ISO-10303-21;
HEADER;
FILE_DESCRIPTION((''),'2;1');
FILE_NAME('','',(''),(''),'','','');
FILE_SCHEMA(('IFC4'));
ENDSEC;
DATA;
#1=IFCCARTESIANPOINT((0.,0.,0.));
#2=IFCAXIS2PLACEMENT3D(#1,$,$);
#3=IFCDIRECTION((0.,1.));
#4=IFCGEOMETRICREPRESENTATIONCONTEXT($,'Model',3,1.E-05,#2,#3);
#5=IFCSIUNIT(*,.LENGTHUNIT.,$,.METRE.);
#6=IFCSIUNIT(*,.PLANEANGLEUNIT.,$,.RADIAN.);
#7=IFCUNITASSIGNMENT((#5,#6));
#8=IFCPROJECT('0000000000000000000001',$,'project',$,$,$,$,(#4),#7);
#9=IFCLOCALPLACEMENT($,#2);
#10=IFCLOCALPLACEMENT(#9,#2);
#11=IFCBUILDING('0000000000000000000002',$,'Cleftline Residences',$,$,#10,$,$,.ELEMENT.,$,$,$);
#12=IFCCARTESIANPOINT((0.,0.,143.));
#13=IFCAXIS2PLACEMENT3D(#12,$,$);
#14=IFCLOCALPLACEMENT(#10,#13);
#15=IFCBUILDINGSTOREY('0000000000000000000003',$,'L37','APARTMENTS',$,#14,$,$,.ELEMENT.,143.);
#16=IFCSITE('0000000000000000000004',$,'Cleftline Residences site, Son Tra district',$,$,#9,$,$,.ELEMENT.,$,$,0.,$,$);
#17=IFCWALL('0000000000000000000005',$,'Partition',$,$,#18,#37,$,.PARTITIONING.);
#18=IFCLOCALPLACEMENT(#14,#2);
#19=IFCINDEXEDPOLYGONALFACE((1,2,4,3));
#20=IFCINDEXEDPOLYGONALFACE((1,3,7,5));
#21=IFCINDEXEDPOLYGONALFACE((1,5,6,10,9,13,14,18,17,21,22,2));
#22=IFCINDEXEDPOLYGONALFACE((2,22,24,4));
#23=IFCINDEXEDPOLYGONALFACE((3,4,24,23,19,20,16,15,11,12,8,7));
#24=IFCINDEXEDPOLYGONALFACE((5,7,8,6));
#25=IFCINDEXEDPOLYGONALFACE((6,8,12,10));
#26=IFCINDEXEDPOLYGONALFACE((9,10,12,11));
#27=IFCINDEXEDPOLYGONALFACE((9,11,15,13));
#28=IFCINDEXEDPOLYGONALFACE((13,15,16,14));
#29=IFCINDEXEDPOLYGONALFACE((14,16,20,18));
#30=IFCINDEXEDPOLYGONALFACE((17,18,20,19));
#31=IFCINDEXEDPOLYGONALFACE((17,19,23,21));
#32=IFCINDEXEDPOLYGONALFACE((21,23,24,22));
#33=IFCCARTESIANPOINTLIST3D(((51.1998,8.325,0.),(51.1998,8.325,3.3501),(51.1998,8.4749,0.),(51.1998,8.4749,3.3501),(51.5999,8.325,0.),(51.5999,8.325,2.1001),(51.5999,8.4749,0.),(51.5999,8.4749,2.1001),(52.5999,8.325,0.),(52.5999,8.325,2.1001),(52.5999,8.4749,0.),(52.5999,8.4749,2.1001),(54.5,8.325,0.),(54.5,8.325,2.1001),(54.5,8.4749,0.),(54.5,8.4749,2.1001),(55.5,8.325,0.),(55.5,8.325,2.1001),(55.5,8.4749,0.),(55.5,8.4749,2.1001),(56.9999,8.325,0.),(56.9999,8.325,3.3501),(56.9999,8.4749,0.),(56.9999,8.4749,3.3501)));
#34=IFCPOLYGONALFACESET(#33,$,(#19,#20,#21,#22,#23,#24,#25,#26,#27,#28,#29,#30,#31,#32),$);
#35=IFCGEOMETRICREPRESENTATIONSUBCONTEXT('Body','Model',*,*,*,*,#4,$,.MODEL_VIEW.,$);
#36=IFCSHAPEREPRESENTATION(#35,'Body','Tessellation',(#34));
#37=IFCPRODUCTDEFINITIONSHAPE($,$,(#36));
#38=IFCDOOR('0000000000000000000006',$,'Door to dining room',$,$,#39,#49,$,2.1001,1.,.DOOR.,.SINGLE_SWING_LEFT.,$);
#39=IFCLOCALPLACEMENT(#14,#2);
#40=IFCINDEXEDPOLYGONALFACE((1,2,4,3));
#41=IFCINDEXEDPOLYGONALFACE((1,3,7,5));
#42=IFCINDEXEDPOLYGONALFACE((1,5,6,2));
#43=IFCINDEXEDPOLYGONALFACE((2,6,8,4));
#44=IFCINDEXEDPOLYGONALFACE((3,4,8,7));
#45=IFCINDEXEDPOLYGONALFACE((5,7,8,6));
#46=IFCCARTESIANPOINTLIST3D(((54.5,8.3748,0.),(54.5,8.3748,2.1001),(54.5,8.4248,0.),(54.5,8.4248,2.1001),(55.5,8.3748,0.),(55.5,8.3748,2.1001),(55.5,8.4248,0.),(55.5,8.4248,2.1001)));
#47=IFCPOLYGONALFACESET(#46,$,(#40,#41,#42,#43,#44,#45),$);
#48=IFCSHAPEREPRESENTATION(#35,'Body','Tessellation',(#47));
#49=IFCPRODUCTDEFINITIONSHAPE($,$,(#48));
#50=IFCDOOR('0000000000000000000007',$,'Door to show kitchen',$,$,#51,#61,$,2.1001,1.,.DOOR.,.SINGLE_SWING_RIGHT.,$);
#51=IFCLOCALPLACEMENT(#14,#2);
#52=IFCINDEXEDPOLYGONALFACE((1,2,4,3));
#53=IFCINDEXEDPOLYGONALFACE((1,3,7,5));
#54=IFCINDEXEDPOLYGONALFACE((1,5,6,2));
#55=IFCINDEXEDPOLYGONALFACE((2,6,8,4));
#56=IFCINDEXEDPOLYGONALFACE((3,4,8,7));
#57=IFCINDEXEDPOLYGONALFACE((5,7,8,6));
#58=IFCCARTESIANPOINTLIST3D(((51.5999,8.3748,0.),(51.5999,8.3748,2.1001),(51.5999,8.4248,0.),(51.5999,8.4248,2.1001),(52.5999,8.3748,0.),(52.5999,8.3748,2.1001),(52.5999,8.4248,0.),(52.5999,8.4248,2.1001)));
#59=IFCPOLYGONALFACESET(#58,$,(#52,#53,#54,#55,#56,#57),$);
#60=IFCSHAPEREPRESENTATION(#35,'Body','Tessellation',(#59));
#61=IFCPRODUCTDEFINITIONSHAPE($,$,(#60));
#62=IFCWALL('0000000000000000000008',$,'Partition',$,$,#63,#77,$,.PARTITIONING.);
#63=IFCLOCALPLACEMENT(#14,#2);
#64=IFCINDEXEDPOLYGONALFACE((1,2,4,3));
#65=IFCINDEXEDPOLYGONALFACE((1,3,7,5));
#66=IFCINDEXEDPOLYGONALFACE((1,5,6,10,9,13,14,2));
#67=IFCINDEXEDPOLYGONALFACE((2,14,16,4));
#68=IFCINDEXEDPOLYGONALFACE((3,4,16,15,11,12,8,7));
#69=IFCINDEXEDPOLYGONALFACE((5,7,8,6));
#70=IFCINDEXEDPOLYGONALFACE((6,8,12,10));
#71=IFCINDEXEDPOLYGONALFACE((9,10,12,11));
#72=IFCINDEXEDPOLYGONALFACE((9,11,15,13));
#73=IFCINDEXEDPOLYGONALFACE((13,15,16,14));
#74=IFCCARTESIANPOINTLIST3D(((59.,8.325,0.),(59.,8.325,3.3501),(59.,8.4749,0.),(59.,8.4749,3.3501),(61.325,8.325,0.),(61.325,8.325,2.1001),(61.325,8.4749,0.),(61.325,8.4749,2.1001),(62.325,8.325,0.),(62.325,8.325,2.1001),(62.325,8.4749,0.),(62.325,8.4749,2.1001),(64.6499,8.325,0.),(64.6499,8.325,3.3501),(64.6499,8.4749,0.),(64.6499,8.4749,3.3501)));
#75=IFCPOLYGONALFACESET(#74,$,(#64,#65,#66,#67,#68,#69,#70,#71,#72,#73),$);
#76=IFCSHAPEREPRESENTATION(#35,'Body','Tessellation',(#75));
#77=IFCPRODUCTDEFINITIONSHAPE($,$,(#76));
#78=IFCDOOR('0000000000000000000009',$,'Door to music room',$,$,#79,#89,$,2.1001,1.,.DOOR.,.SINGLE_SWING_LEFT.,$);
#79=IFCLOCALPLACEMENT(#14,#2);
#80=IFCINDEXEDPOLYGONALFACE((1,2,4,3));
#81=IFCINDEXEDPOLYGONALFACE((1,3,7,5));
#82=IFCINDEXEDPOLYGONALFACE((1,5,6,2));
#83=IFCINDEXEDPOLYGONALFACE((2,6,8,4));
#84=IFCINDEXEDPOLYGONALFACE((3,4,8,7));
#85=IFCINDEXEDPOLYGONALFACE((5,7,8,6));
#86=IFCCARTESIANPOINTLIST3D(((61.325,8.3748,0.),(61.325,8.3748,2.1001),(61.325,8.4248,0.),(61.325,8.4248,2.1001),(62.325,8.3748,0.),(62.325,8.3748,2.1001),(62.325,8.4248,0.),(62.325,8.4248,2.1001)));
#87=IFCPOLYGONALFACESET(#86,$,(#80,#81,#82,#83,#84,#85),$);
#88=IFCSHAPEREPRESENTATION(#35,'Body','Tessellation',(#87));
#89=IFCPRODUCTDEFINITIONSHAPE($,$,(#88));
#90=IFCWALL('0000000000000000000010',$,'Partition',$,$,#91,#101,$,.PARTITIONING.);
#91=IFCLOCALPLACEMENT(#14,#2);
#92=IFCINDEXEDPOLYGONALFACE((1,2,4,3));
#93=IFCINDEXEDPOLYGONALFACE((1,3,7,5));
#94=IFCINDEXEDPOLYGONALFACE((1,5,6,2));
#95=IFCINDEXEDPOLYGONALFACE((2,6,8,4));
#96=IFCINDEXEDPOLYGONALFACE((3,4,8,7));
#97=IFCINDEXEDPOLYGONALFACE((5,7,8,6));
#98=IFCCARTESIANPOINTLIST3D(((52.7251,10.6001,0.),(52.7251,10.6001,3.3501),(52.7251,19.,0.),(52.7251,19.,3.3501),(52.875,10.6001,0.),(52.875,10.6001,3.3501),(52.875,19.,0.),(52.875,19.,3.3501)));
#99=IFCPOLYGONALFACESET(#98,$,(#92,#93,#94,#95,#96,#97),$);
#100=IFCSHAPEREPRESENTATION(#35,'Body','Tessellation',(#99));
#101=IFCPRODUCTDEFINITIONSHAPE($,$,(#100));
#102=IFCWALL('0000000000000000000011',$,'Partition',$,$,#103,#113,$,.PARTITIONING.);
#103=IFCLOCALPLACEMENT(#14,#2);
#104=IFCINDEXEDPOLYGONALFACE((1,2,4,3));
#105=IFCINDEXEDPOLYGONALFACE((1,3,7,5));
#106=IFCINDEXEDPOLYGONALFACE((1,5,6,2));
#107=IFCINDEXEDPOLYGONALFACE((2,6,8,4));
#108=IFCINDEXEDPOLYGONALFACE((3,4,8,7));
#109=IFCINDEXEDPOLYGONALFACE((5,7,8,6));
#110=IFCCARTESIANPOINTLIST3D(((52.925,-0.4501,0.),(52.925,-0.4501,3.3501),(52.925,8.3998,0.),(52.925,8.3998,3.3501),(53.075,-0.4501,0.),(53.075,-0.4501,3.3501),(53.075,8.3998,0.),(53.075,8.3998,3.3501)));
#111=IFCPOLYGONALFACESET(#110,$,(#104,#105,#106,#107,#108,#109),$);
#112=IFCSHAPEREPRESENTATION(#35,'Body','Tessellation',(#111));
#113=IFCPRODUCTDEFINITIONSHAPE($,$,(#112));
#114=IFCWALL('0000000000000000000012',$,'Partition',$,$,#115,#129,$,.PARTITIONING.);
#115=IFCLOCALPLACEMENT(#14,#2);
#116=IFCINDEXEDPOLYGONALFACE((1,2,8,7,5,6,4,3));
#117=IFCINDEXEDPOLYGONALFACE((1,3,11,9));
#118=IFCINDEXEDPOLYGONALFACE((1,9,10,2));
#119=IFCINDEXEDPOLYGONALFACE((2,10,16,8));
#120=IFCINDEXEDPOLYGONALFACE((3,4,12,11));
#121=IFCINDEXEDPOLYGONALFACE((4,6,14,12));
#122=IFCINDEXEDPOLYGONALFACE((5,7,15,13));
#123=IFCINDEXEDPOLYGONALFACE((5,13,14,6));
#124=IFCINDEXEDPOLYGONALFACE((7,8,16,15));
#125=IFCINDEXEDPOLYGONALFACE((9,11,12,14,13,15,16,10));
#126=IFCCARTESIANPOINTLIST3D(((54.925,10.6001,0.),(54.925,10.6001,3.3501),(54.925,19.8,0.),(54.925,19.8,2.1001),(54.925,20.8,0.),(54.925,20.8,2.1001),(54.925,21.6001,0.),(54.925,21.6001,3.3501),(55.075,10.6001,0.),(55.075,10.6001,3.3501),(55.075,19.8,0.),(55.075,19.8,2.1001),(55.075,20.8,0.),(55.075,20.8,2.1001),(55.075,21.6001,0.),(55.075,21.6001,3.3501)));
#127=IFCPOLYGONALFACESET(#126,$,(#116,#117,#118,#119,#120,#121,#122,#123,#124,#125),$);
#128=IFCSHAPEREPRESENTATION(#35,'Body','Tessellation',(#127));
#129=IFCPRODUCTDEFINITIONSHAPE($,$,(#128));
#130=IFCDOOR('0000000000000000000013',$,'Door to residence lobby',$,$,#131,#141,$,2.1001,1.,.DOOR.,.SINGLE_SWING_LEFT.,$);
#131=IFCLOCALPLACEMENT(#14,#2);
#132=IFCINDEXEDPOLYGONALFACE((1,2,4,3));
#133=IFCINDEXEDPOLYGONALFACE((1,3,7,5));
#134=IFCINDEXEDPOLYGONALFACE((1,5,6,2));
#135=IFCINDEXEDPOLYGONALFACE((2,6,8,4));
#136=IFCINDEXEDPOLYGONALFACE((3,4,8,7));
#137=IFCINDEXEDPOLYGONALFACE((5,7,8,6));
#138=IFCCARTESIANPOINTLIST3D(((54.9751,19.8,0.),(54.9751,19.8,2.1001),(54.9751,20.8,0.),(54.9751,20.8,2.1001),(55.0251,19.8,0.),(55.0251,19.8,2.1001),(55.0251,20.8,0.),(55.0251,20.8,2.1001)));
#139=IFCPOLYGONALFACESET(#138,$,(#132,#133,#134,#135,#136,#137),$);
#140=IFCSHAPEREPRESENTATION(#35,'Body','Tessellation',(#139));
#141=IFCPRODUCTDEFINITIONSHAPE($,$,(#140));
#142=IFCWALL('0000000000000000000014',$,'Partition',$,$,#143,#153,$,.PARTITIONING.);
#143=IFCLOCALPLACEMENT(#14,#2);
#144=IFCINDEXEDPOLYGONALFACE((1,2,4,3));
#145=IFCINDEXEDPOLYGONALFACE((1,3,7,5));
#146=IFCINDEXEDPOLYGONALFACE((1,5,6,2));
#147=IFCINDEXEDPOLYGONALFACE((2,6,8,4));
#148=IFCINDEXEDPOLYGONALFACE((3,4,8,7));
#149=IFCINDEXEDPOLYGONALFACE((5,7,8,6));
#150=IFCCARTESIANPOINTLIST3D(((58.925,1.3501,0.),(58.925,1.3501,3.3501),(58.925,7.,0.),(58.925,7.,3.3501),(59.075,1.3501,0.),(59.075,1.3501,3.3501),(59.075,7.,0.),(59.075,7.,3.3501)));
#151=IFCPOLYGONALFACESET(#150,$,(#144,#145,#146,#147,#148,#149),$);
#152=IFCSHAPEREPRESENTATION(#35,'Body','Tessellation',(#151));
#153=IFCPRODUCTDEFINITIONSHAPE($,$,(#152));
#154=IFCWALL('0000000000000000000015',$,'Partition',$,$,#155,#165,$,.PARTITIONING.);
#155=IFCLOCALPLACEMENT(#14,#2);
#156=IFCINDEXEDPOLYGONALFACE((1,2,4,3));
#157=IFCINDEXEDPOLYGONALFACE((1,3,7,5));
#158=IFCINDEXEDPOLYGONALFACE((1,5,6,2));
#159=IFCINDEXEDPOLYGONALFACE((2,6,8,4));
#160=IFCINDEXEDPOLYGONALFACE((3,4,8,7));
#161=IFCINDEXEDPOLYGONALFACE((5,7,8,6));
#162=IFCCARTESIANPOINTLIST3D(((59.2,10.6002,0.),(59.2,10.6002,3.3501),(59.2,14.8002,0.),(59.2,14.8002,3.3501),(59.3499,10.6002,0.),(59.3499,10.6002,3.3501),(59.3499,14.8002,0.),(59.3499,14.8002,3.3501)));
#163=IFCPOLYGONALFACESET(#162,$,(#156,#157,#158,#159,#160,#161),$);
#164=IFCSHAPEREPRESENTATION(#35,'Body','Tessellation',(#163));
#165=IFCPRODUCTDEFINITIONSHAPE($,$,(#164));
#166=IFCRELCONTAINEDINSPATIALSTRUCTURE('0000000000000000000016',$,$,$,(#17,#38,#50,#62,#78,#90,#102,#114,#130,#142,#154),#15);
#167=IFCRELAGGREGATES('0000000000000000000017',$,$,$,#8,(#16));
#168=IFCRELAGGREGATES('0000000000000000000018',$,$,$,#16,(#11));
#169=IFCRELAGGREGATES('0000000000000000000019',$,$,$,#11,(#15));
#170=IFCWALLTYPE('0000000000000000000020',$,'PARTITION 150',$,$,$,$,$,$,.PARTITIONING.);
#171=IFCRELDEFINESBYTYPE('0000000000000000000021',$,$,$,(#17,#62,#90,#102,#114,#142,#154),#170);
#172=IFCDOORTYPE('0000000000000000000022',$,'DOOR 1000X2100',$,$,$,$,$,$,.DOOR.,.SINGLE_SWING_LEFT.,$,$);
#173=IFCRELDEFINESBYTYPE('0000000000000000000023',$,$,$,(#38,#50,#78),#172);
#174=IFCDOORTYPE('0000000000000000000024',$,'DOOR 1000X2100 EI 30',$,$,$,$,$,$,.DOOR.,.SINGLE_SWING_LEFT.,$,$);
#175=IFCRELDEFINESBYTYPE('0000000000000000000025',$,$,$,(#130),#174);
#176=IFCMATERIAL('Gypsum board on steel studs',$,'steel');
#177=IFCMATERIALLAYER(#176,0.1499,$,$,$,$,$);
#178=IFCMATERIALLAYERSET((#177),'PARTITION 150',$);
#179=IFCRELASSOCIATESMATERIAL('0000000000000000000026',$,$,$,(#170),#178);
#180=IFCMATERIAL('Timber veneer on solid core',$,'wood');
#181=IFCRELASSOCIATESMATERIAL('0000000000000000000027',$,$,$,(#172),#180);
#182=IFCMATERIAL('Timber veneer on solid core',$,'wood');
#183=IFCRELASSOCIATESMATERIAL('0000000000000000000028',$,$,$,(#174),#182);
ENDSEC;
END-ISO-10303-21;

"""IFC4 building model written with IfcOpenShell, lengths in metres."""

from ifc_helpers import new_model, si_unit, direction, frame, frame_2d, origin, place, context, subcontext, project, spatial, rectangle, extrude, material, layer, layer_set, type_object, element, fill, save


model = new_model("IFC4")

# Units and contexts
model_context = context("Model", 3, precision=1e-05, world=origin(), true_north=direction((0.0, 1.0)))
body_context = subcontext(model_context, "Body", "Model", "MODEL_VIEW")
ifc_project = project(units=[si_unit("LENGTHUNIT", "METRE"), si_unit("PLANEANGLEUNIT", "RADIAN")], contexts=[model_context])

# Site, building, storey
site_placement = place(None, origin())
site = spatial("IfcSite", under=ifc_project, at=site_placement, Name="Cleftline Residences site, Son Tra district", CompositionType="ELEMENT", RefElevation=0.0)
building_placement = place(site_placement, origin())
building = spatial("IfcBuilding", under=site, at=building_placement, Name="Cleftline Residences", CompositionType="ELEMENT")
storey_placement = place(building_placement, frame((0.0, 0.0, 143.0)))
storey = spatial("IfcBuildingStorey", under=building, at=storey_placement, Name="L37", Description="APARTMENTS", CompositionType="ELEMENT", Elevation=143.0)

# Wall, openings, doors
ifc_material_1 = material(Name="Gypsum board on steel studs", Category="steel")
ifc_layer_1 = layer(ifc_material_1, 0.1499)
ifc_layer_set_1 = layer_set([ifc_layer_1], Name="PARTITION 150")
wall_type_1 = type_object("IfcWallType", Name="PARTITION 150", PredefinedType="PARTITIONING", material=ifc_layer_set_1)
wall_1_placement = place(storey_placement, frame((51.2, 8.3999, 0.0), z_axis=(0.0, 0.0, 1.0), x_axis=(1.0, 0.0, 0.0)))
wall_1 = element("IfcWall", 1, at=wall_1_placement, inside=storey, type_object=wall_type_1, Name="Partition", PredefinedType="PARTITIONING", context=body_context, shape_type="SweptSolid", body=[
    extrude(rectangle(XDim=5.8, YDim=0.1499, at=frame_2d((2.8999, 0.0))), origin(), (0.0, 0.0, 1.0), 3.3501),
])
opening_1_placement = place(wall_1_placement, frame((3.3, 0.0, 0.0)))
opening_1 = element("IfcOpeningElement", 2, at=opening_1_placement, cuts=wall_1, PredefinedType="OPENING", context=body_context, shape_type="SweptSolid", body=[
    extrude(rectangle(XDim=1.0, YDim=2.1001, at=frame_2d((0.5, 1.05))), frame((0.0, 0.085, 0.0), z_axis=(0.0, -1.0, 0.0), x_axis=(1.0, 0.0, 0.0)), (0.0, 0.0, 1.0), 0.1699),
])
opening_2_placement = place(wall_1_placement, frame((0.3999, 0.0, 0.0)))
opening_2 = element("IfcOpeningElement", 3, at=opening_2_placement, cuts=wall_1, PredefinedType="OPENING", context=body_context, shape_type="SweptSolid", body=[
    extrude(rectangle(XDim=1.0, YDim=2.1001, at=frame_2d((0.5, 1.05))), frame((0.0, 0.085, 0.0), z_axis=(0.0, -1.0, 0.0), x_axis=(1.0, 0.0, 0.0)), (0.0, 0.0, 1.0), 0.1699),
])
ifc_material_2 = material(Name="Timber veneer on solid core", Category="wood")
door_type_1 = type_object("IfcDoorType", Name="DOOR 1000X2100", OperationType="SINGLE_SWING_LEFT", PredefinedType="DOOR", material=ifc_material_2)
door_1_placement = place(opening_1_placement, origin())
door_1 = element("IfcDoor", 4, at=door_1_placement, inside=storey, type_object=door_type_1, Name="Door to dining room", OperationType="SINGLE_SWING_LEFT", OverallHeight=2.1001, OverallWidth=1.0, PredefinedType="DOOR", context=body_context, shape_type="SweptSolid", body=[
    extrude(rectangle(XDim=1.0, YDim=2.1001, at=frame_2d((0.5, 1.05))), frame((0.0, 0.0249, 0.0), z_axis=(0.0, -1.0, 0.0), x_axis=(1.0, 0.0, 0.0)), (0.0, 0.0, 1.0), 0.05),
])
fill(opening_1, door_1)
door_2_placement = place(opening_2_placement, origin())
door_2 = element("IfcDoor", 5, at=door_2_placement, inside=storey, type_object=door_type_1, Name="Door to show kitchen", OperationType="SINGLE_SWING_RIGHT", OverallHeight=2.1001, OverallWidth=1.0, PredefinedType="DOOR", context=body_context, shape_type="SweptSolid", body=[
    extrude(rectangle(XDim=1.0, YDim=2.1001, at=frame_2d((0.5, 1.05))), frame((0.0, 0.0249, 0.0), z_axis=(0.0, -1.0, 0.0), x_axis=(1.0, 0.0, 0.0)), (0.0, 0.0, 1.0), 0.05),
])
fill(opening_2, door_2)

# Wall, opening, door
wall_2_placement = place(storey_placement, frame((59.0, 8.3999, 0.0), z_axis=(0.0, 0.0, 1.0), x_axis=(1.0, 0.0, 0.0)))
wall_2 = element("IfcWall", 6, at=wall_2_placement, inside=storey, type_object=wall_type_1, Name="Partition", PredefinedType="PARTITIONING", context=body_context, shape_type="SweptSolid", body=[
    extrude(rectangle(XDim=5.6499, YDim=0.1499, at=frame_2d((2.825, 0.0))), origin(), (0.0, 0.0, 1.0), 3.3501),
])
opening_3_placement = place(wall_2_placement, frame((2.325, 0.0, 0.0)))
opening_3 = element("IfcOpeningElement", 7, at=opening_3_placement, cuts=wall_2, PredefinedType="OPENING", context=body_context, shape_type="SweptSolid", body=[
    extrude(rectangle(XDim=1.0, YDim=2.1001, at=frame_2d((0.5, 1.05))), frame((0.0, 0.085, 0.0), z_axis=(0.0, -1.0, 0.0), x_axis=(1.0, 0.0, 0.0)), (0.0, 0.0, 1.0), 0.1699),
])
door_3_placement = place(opening_3_placement, origin())
door_3 = element("IfcDoor", 8, at=door_3_placement, inside=storey, type_object=door_type_1, Name="Door to music room", OperationType="SINGLE_SWING_LEFT", OverallHeight=2.1001, OverallWidth=1.0, PredefinedType="DOOR", context=body_context, shape_type="SweptSolid", body=[
    extrude(rectangle(XDim=1.0, YDim=2.1001, at=frame_2d((0.5, 1.05))), frame((0.0, 0.0249, 0.0), z_axis=(0.0, -1.0, 0.0), x_axis=(1.0, 0.0, 0.0)), (0.0, 0.0, 1.0), 0.05),
])
fill(opening_3, door_3)

# Walls
wall_3_placement = place(storey_placement, frame((52.8, 10.6001, 0.0), z_axis=(0.0, 0.0, 1.0), x_axis=(0.0, 1.0, 0.0)))
element("IfcWall", 9, at=wall_3_placement, inside=storey, type_object=wall_type_1, Name="Partition", PredefinedType="PARTITIONING", context=body_context, shape_type="SweptSolid", body=[
    extrude(rectangle(XDim=8.3999, YDim=0.1499, at=frame_2d((4.2, 0.0))), origin(), (0.0, 0.0, 1.0), 3.3501),
])
wall_4_placement = place(storey_placement, frame((53.0, -0.45, 0.0), z_axis=(0.0, 0.0, 1.0), x_axis=(0.0, 1.0, 0.0)))
element("IfcWall", 10, at=wall_4_placement, inside=storey, type_object=wall_type_1, Name="Partition", PredefinedType="PARTITIONING", context=body_context, shape_type="SweptSolid", body=[
    extrude(rectangle(XDim=8.8499, YDim=0.1499, at=frame_2d((4.4248, 0.0))), origin(), (0.0, 0.0, 1.0), 3.3501),
])

# Wall, opening, door
wall_5_placement = place(storey_placement, frame((55.0, 10.6001, 0.0), z_axis=(0.0, 0.0, 1.0), x_axis=(0.0, 1.0, 0.0)))
wall_5 = element("IfcWall", 11, at=wall_5_placement, inside=storey, type_object=wall_type_1, Name="Partition", PredefinedType="PARTITIONING", context=body_context, shape_type="SweptSolid", body=[
    extrude(rectangle(XDim=11.0, YDim=0.1499, at=frame_2d((5.5, 0.0))), origin(), (0.0, 0.0, 1.0), 3.3501),
])
opening_4_placement = place(wall_5_placement, frame((9.2, 0.0, 0.0)))
opening_4 = element("IfcOpeningElement", 12, at=opening_4_placement, cuts=wall_5, PredefinedType="OPENING", context=body_context, shape_type="SweptSolid", body=[
    extrude(rectangle(XDim=1.0, YDim=2.1001, at=frame_2d((0.5, 1.05))), frame((0.0, 0.085, 0.0), z_axis=(0.0, -1.0, 0.0), x_axis=(1.0, 0.0, 0.0)), (0.0, 0.0, 1.0), 0.1699),
])
ifc_material_3 = material(Name="Timber veneer on solid core", Category="wood")
door_type_2 = type_object("IfcDoorType", Name="DOOR 1000X2100 EI 30", OperationType="SINGLE_SWING_LEFT", PredefinedType="DOOR", material=ifc_material_3)
door_4_placement = place(opening_4_placement, origin())
door_4 = element("IfcDoor", 13, at=door_4_placement, inside=storey, type_object=door_type_2, Name="Door to residence lobby", OperationType="SINGLE_SWING_LEFT", OverallHeight=2.1001, OverallWidth=1.0, PredefinedType="DOOR", context=body_context, shape_type="SweptSolid", body=[
    extrude(rectangle(XDim=1.0, YDim=2.1001, at=frame_2d((0.5, 1.05))), frame((0.0, 0.0249, 0.0), z_axis=(0.0, -1.0, 0.0), x_axis=(1.0, 0.0, 0.0)), (0.0, 0.0, 1.0), 0.05),
])
fill(opening_4, door_4)

# Walls
wall_6_placement = place(storey_placement, frame((59.0, 1.3501, 0.0), z_axis=(0.0, 0.0, 1.0), x_axis=(0.0, 1.0, 0.0)))
element("IfcWall", 14, at=wall_6_placement, inside=storey, type_object=wall_type_1, Name="Partition", PredefinedType="PARTITIONING", context=body_context, shape_type="SweptSolid", body=[
    extrude(rectangle(XDim=5.6499, YDim=0.1499, at=frame_2d((2.825, 0.0))), origin(), (0.0, 0.0, 1.0), 3.3501),
])
wall_7_placement = place(storey_placement, frame((59.2749, 10.6001, 0.0), z_axis=(0.0, 0.0, 1.0), x_axis=(0.0, 1.0, 0.0)))
element("IfcWall", 15, at=wall_7_placement, inside=storey, type_object=wall_type_1, Name="Partition", PredefinedType="PARTITIONING", context=body_context, shape_type="SweptSolid", body=[
    extrude(rectangle(XDim=4.2, YDim=0.1499, at=frame_2d((2.1001, 0.0))), origin(), (0.0, 0.0, 1.0), 3.3501),
])

save(model, "model.ifc")
